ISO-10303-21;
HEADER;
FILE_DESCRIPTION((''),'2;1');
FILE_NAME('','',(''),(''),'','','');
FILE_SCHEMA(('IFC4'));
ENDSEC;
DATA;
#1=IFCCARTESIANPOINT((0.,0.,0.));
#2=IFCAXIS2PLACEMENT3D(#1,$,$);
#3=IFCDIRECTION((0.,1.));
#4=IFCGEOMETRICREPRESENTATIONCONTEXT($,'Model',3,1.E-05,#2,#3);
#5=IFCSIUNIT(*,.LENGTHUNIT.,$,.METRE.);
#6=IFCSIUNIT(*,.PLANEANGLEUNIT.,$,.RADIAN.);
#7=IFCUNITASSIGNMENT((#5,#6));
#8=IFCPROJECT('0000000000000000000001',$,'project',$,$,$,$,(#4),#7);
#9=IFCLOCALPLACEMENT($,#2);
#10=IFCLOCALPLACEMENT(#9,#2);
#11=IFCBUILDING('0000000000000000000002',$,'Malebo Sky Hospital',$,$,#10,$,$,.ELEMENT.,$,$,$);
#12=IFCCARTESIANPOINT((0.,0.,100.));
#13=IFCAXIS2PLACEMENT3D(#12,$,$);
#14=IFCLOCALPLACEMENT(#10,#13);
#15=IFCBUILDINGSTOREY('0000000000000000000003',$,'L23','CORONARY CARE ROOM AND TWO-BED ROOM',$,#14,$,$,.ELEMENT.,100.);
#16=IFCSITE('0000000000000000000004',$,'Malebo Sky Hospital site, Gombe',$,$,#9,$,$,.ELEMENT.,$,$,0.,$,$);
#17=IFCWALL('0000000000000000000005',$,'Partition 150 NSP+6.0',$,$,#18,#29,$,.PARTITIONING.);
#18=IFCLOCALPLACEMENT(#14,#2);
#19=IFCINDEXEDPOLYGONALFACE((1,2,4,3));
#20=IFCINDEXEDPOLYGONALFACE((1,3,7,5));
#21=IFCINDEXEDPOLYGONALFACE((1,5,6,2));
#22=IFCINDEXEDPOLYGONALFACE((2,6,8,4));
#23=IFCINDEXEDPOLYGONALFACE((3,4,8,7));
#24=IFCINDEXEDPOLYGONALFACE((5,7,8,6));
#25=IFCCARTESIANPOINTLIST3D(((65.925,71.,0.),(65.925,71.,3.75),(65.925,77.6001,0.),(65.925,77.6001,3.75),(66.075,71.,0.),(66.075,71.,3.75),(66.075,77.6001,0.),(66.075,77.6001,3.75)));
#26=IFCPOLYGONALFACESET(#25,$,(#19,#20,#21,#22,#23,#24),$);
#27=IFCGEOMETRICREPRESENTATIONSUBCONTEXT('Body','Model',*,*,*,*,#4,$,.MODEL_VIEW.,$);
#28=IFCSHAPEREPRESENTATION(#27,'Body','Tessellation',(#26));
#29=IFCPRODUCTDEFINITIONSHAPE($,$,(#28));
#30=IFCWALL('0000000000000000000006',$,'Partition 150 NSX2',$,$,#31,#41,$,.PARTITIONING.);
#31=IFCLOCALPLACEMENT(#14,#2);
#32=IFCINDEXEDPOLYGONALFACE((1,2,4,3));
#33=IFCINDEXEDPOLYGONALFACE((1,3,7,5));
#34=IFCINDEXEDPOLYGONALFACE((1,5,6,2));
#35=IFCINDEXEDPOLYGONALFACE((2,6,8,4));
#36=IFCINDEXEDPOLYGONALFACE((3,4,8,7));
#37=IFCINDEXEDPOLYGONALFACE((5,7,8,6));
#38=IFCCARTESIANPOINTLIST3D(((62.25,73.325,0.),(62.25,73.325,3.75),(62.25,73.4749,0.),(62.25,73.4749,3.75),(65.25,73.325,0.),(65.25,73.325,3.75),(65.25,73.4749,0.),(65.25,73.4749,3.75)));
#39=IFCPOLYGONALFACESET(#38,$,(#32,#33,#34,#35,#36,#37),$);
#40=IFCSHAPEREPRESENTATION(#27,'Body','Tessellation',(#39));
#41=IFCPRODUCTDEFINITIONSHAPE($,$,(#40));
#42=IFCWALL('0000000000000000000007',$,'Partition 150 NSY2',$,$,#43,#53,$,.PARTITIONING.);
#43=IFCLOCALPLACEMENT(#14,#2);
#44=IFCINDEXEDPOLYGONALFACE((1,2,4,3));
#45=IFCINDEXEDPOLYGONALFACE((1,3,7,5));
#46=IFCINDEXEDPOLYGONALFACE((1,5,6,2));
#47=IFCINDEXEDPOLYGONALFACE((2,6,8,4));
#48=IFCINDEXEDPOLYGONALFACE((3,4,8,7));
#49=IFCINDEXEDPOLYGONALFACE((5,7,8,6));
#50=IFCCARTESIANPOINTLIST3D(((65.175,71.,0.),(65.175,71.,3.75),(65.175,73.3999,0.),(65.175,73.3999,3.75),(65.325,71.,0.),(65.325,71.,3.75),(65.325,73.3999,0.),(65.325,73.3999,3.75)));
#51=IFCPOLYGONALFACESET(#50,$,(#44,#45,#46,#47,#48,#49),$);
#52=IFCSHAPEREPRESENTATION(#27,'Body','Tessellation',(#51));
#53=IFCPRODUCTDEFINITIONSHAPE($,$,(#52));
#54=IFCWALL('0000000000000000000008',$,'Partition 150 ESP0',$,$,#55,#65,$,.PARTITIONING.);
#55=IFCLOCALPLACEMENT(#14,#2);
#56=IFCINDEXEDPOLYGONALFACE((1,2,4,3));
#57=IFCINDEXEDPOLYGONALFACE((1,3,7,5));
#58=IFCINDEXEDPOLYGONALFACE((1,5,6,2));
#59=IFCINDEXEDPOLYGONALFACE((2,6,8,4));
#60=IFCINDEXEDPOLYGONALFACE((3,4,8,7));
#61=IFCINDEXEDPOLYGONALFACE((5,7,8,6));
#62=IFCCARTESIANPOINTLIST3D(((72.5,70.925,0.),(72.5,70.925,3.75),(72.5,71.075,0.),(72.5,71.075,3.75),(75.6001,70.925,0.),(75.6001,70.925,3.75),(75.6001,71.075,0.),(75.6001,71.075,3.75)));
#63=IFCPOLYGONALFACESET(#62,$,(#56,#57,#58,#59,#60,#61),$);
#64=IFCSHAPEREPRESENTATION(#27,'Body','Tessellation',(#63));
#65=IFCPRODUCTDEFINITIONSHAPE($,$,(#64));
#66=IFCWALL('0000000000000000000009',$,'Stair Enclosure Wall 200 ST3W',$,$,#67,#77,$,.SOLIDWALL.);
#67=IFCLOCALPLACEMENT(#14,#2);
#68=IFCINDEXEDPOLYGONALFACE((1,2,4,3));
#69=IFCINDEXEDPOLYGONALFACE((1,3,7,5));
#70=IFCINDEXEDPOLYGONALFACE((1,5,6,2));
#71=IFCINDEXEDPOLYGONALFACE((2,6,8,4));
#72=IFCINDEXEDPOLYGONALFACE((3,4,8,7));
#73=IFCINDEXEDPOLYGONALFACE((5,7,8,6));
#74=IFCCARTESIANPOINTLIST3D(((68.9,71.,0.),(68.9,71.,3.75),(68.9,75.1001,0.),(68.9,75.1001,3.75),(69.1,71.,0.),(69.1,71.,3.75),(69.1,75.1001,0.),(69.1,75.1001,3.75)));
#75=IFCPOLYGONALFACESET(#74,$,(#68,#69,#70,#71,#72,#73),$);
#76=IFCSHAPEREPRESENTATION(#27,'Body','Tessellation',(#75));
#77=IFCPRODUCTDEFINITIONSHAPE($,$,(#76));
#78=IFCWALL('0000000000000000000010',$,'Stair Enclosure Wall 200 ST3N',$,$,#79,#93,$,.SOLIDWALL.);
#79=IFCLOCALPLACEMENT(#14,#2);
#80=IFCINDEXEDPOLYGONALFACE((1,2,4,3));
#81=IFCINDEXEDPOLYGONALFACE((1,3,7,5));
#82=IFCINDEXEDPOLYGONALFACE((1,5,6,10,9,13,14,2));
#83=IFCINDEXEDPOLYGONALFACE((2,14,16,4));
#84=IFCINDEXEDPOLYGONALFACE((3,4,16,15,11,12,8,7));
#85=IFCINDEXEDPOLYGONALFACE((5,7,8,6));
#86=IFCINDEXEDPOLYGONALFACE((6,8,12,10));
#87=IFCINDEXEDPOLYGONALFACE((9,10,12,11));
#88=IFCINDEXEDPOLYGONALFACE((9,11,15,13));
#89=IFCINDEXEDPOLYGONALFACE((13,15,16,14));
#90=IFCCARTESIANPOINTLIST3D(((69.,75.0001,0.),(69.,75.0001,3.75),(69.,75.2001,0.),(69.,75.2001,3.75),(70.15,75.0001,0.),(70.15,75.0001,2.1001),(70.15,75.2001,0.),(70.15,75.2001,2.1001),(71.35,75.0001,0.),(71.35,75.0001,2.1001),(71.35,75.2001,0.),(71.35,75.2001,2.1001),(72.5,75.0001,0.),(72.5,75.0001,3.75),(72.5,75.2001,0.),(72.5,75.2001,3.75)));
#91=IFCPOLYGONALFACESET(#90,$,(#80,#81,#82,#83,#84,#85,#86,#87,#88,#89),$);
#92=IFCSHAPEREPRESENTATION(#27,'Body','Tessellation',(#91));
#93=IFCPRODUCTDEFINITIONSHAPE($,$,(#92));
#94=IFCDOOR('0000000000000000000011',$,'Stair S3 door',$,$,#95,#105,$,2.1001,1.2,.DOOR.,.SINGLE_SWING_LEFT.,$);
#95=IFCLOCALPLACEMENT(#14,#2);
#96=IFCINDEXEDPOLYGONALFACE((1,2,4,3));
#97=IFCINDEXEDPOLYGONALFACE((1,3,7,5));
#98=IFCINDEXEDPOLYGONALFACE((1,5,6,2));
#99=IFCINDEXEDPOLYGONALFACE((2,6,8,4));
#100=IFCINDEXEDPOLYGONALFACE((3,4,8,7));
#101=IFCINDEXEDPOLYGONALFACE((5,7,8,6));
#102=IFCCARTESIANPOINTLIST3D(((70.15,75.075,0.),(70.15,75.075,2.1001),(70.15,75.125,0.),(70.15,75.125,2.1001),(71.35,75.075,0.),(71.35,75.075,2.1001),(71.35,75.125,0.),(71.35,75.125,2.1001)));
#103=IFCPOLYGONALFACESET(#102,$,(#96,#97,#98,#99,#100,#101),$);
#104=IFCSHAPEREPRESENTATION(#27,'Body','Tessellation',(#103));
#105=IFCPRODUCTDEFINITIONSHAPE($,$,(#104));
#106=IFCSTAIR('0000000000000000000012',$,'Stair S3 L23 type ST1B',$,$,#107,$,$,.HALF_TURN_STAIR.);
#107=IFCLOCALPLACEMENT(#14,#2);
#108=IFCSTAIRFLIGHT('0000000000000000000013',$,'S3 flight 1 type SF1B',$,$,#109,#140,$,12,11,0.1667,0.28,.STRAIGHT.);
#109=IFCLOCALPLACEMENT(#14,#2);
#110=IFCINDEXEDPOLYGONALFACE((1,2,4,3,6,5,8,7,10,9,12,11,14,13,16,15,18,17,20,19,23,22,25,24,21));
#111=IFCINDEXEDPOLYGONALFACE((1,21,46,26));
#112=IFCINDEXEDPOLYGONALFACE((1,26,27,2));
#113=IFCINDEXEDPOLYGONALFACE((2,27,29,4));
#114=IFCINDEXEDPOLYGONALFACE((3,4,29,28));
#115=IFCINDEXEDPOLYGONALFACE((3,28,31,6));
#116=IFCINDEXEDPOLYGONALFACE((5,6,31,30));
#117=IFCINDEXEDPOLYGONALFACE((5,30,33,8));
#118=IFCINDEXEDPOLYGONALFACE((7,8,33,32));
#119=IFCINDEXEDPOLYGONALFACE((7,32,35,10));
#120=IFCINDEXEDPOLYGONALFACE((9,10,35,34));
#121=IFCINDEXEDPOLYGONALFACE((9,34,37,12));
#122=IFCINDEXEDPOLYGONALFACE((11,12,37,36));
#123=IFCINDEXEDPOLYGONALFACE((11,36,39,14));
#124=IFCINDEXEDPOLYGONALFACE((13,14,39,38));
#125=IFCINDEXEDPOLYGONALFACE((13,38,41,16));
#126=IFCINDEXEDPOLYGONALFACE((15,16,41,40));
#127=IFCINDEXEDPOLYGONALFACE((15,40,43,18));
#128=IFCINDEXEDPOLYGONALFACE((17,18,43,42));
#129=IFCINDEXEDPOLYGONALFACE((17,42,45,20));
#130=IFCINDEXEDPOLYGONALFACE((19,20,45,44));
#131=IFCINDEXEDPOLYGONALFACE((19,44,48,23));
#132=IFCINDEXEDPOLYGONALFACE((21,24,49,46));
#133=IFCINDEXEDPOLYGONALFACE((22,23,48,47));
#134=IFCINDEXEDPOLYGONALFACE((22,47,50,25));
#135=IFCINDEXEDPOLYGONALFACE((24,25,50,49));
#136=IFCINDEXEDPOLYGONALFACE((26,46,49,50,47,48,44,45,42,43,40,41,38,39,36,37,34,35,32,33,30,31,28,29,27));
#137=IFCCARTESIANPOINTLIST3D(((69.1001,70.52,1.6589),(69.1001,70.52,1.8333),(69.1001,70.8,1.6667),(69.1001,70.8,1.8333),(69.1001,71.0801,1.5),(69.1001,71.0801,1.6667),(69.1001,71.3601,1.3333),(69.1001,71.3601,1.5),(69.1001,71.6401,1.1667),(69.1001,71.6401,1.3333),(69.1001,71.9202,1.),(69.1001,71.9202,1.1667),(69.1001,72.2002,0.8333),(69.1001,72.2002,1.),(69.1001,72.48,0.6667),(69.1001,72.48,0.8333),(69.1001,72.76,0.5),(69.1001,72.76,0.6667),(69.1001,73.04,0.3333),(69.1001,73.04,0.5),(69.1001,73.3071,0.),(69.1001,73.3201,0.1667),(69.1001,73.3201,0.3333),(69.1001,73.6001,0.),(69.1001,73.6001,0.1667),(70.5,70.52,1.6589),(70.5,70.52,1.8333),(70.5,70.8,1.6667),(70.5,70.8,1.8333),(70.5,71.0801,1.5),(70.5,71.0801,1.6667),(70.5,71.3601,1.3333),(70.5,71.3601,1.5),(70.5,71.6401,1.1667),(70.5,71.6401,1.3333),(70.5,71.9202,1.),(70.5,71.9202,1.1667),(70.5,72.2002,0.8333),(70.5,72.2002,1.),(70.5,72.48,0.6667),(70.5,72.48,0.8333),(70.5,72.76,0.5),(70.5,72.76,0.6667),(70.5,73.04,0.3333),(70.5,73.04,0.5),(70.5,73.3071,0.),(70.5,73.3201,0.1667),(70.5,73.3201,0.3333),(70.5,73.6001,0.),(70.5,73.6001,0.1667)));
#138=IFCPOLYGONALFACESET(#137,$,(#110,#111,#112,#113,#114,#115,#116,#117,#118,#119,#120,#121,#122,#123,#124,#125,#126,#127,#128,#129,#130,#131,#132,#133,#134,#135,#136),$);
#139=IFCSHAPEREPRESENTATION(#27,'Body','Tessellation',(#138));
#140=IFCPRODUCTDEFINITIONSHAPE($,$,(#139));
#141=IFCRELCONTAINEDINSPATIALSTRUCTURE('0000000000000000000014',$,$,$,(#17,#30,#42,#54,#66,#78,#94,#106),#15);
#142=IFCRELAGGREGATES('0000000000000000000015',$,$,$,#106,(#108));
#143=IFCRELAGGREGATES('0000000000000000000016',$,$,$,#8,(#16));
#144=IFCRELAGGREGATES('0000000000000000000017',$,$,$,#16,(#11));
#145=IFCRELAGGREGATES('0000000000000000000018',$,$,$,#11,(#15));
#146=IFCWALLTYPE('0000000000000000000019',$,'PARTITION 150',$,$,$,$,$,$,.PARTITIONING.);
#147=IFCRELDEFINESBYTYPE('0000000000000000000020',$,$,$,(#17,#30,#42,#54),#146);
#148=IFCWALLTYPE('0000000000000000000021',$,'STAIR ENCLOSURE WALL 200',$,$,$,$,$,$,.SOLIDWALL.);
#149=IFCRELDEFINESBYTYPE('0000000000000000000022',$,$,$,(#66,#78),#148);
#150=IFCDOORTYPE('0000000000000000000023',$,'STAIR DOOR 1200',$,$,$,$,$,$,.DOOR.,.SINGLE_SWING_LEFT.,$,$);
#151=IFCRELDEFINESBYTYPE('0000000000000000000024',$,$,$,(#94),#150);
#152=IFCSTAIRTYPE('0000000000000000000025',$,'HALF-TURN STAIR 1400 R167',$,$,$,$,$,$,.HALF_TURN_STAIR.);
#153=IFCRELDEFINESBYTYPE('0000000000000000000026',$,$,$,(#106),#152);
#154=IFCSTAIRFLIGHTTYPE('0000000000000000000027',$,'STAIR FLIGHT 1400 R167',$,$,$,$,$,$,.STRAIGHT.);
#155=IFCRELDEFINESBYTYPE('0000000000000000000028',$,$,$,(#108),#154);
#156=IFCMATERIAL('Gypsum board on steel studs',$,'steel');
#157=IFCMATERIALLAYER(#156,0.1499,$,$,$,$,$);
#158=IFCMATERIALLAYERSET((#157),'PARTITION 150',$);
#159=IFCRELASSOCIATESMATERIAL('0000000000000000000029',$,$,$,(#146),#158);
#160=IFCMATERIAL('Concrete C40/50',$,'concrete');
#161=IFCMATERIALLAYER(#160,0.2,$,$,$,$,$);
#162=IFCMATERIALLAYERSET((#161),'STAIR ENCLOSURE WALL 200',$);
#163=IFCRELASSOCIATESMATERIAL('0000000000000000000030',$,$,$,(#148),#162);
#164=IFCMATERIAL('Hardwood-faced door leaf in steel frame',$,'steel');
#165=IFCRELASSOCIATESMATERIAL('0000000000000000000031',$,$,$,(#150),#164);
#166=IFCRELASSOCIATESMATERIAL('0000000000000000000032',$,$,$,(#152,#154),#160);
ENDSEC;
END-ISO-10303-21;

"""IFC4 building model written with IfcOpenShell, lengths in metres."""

from ifc_helpers import new_model, si_unit, direction, frame, frame_2d, origin, place, context, subcontext, project, spatial, polyline, rectangle, outline, extrude, material, layer, layer_set, type_object, element, fill, aggregate, save


model = new_model("IFC4")

# Units and contexts
model_context = context("Model", 3, precision=1e-05, world=origin(), true_north=direction((0.0, 1.0)))
body_context = subcontext(model_context, "Body", "Model", "MODEL_VIEW")
ifc_project = project(units=[si_unit("LENGTHUNIT", "METRE"), si_unit("PLANEANGLEUNIT", "RADIAN")], contexts=[model_context])

# Site, building, storey
site_placement = place(None, origin())
site = spatial("IfcSite", under=ifc_project, at=site_placement, Name="Malebo Sky Hospital site, Gombe", CompositionType="ELEMENT", RefElevation=0.0)
building_placement = place(site_placement, origin())
building = spatial("IfcBuilding", under=site, at=building_placement, Name="Malebo Sky Hospital", CompositionType="ELEMENT")
storey_placement = place(building_placement, frame((0.0, 0.0, 100.0)))
storey = spatial("IfcBuildingStorey", under=building, at=storey_placement, Name="L23", Description="CORONARY CARE ROOM AND TWO-BED ROOM", CompositionType="ELEMENT", Elevation=100.0)

# Shared definitions
ifc_material_1 = material(Name="Gypsum board on steel studs", Category="steel")
ifc_material_2 = material(Name="Hardwood-faced door leaf in steel frame", Category="steel")

# Walls
ifc_layer_1 = layer(ifc_material_1, 0.1499)
ifc_layer_set_1 = layer_set([ifc_layer_1], Name="PARTITION 150")
wall_type_1 = type_object("IfcWallType", Name="PARTITION 150", PredefinedType="PARTITIONING", material=ifc_layer_set_1)
wall_1_placement = place(storey_placement, frame((66.0, 71.0, 0.0), z_axis=(0.0, 0.0, 1.0), x_axis=(0.0, 1.0, 0.0)))
element("IfcWall", 1, at=wall_1_placement, inside=storey, type_object=wall_type_1, Name="Partition 150 NSP+6.0", PredefinedType="PARTITIONING", context=body_context, shape_type="SweptSolid", body=[
    extrude(rectangle(XDim=6.6001, YDim=0.1499, at=frame_2d((3.3, 0.0))), origin(), (0.0, 0.0, 1.0), 3.75),
])
wall_2_placement = place(storey_placement, frame((62.25, 73.3999, 0.0), z_axis=(0.0, 0.0, 1.0), x_axis=(1.0, 0.0, 0.0)))
element("IfcWall", 2, at=wall_2_placement, inside=storey, type_object=wall_type_1, Name="Partition 150 NSX2", PredefinedType="PARTITIONING", context=body_context, shape_type="SweptSolid", body=[
    extrude(rectangle(XDim=3.0, YDim=0.1499, at=frame_2d((1.5, 0.0))), origin(), (0.0, 0.0, 1.0), 3.75),
])
wall_3_placement = place(storey_placement, frame((65.25, 71.0, 0.0), z_axis=(0.0, 0.0, 1.0), x_axis=(0.0, 1.0, 0.0)))
element("IfcWall", 3, at=wall_3_placement, inside=storey, type_object=wall_type_1, Name="Partition 150 NSY2", PredefinedType="PARTITIONING", context=body_context, shape_type="SweptSolid", body=[
    extrude(rectangle(XDim=2.3999, YDim=0.1499, at=frame_2d((1.2, 0.0))), origin(), (0.0, 0.0, 1.0), 3.75),
])
wall_4_placement = place(storey_placement, frame((72.5, 71.0, 0.0), z_axis=(0.0, 0.0, 1.0), x_axis=(1.0, 0.0, 0.0)))
element("IfcWall", 4, at=wall_4_placement, inside=storey, type_object=wall_type_1, Name="Partition 150 ESP0", PredefinedType="PARTITIONING", context=body_context, shape_type="SweptSolid", body=[
    extrude(rectangle(XDim=3.1001, YDim=0.1499, at=frame_2d((1.55, 0.0))), origin(), (0.0, 0.0, 1.0), 3.75),
])
ifc_material_3 = material(Name="Concrete C40/50", Category="concrete")
ifc_layer_2 = layer(ifc_material_3, 0.2)
ifc_layer_set_2 = layer_set([ifc_layer_2], Name="STAIR ENCLOSURE WALL 200")
wall_type_2 = type_object("IfcWallType", Name="STAIR ENCLOSURE WALL 200", PredefinedType="SOLIDWALL", material=ifc_layer_set_2)
wall_5_placement = place(storey_placement, frame((69.0, 71.0, 0.0), z_axis=(0.0, 0.0, 1.0), x_axis=(0.0, 1.0, 0.0)))
element("IfcWall", 5, at=wall_5_placement, inside=storey, type_object=wall_type_2, Name="Stair Enclosure Wall 200 ST3W", PredefinedType="SOLIDWALL", context=body_context, shape_type="SweptSolid", body=[
    extrude(rectangle(XDim=4.1001, YDim=0.2, at=frame_2d((2.05, 0.0))), origin(), (0.0, 0.0, 1.0), 3.75),
])

# Wall, opening, door
wall_6_placement = place(storey_placement, frame((69.0, 75.1001, 0.0), z_axis=(0.0, 0.0, 1.0), x_axis=(1.0, 0.0, 0.0)))
wall_6 = element("IfcWall", 6, at=wall_6_placement, inside=storey, type_object=wall_type_2, Name="Stair Enclosure Wall 200 ST3N", PredefinedType="SOLIDWALL", context=body_context, shape_type="SweptSolid", body=[
    extrude(rectangle(XDim=3.5, YDim=0.2, at=frame_2d((1.75, 0.0))), origin(), (0.0, 0.0, 1.0), 3.75),
])
opening_1_placement = place(wall_6_placement, frame((1.1499, 0.0, 0.0)))
opening_1 = element("IfcOpeningElement", 7, at=opening_1_placement, cuts=wall_6, PredefinedType="OPENING", context=body_context, shape_type="SweptSolid", body=[
    extrude(rectangle(XDim=1.2, YDim=2.1001, at=frame_2d((0.6001, 1.05))), frame((0.0, 0.1099, 0.0), z_axis=(0.0, -1.0, 0.0), x_axis=(1.0, 0.0, 0.0)), (0.0, 0.0, 1.0), 0.22),
])
door_type_1 = type_object("IfcDoorType", Name="STAIR DOOR 1200", OperationType="SINGLE_SWING_LEFT", PredefinedType="DOOR", material=ifc_material_2)
door_1_placement = place(opening_1_placement, origin())
door_1 = element("IfcDoor", 8, at=door_1_placement, inside=storey, type_object=door_type_1, Name="Stair S3 door", OperationType="SINGLE_SWING_LEFT", OverallHeight=2.1001, OverallWidth=1.2, PredefinedType="DOOR", context=body_context, shape_type="SweptSolid", body=[
    extrude(rectangle(XDim=1.2, YDim=2.1001, at=frame_2d((0.6001, 1.05))), frame((0.0, 0.0249, 0.0), z_axis=(0.0, -1.0, 0.0), x_axis=(1.0, 0.0, 0.0)), (0.0, 0.0, 1.0), 0.05),
])
fill(opening_1, door_1)

# Stair, stair flight
stair_type = type_object("IfcStairType", Name="HALF-TURN STAIR 1400 R167", PredefinedType="HALF_TURN_STAIR", material=ifc_material_3)
stair_placement = place(storey_placement, origin())
stair = element("IfcStair", 9, at=stair_placement, inside=storey, type_object=stair_type, Name="Stair S3 L23 type ST1B", PredefinedType="HALF_TURN_STAIR")
stair_flight_type = type_object("IfcStairFlightType", Name="STAIR FLIGHT 1400 R167", PredefinedType="STRAIGHT", material=ifc_material_3)
stair_flight_placement = place(storey_placement, frame((69.8, 73.6001, 0.0), z_axis=(0.0, 0.0, 1.0), x_axis=(0.0, -1.0, 0.0)))
stair_flight = element("IfcStairFlight", 10, at=stair_flight_placement, type_object=stair_flight_type, Name="S3 flight 1 type SF1B", NumberOfRisers=12, NumberOfTreads=11, PredefinedType="STRAIGHT", RiserHeight=0.1667, TreadLength=0.28, context=body_context, shape_type="SweptSolid", body=[
    extrude(outline(polyline([(0.0, 0.0), (0.0, 0.1667), (0.28, 0.1667), (0.28, 0.3333), (0.5601, 0.3333), (0.5601, 0.5), (0.8401, 0.5), (0.8401, 0.6667), (1.1201, 0.6667), (1.1201, 0.8333), (1.3999, 0.8333), (1.3999, 1.0), (1.6799, 1.0), (1.6799, 1.1667), (1.96, 1.1667), (1.96, 1.3333), (2.24, 1.3333), (2.24, 1.5), (2.52, 1.5), (2.52, 1.6667), (2.8, 1.6667), (2.8, 1.8333), (3.0801, 1.8333), (3.0801, 2.0), (3.0801, 1.6589), (0.293, 0.0), (0.0, 0.0)])), frame((0.0, 0.7, 0.0), z_axis=(0.0, -1.0, 0.0), x_axis=(1.0, 0.0, 0.0)), (0.0, 0.0, 1.0), 1.3999),
])
aggregate(stair, [stair_flight])

save(model, "model.ifc")
